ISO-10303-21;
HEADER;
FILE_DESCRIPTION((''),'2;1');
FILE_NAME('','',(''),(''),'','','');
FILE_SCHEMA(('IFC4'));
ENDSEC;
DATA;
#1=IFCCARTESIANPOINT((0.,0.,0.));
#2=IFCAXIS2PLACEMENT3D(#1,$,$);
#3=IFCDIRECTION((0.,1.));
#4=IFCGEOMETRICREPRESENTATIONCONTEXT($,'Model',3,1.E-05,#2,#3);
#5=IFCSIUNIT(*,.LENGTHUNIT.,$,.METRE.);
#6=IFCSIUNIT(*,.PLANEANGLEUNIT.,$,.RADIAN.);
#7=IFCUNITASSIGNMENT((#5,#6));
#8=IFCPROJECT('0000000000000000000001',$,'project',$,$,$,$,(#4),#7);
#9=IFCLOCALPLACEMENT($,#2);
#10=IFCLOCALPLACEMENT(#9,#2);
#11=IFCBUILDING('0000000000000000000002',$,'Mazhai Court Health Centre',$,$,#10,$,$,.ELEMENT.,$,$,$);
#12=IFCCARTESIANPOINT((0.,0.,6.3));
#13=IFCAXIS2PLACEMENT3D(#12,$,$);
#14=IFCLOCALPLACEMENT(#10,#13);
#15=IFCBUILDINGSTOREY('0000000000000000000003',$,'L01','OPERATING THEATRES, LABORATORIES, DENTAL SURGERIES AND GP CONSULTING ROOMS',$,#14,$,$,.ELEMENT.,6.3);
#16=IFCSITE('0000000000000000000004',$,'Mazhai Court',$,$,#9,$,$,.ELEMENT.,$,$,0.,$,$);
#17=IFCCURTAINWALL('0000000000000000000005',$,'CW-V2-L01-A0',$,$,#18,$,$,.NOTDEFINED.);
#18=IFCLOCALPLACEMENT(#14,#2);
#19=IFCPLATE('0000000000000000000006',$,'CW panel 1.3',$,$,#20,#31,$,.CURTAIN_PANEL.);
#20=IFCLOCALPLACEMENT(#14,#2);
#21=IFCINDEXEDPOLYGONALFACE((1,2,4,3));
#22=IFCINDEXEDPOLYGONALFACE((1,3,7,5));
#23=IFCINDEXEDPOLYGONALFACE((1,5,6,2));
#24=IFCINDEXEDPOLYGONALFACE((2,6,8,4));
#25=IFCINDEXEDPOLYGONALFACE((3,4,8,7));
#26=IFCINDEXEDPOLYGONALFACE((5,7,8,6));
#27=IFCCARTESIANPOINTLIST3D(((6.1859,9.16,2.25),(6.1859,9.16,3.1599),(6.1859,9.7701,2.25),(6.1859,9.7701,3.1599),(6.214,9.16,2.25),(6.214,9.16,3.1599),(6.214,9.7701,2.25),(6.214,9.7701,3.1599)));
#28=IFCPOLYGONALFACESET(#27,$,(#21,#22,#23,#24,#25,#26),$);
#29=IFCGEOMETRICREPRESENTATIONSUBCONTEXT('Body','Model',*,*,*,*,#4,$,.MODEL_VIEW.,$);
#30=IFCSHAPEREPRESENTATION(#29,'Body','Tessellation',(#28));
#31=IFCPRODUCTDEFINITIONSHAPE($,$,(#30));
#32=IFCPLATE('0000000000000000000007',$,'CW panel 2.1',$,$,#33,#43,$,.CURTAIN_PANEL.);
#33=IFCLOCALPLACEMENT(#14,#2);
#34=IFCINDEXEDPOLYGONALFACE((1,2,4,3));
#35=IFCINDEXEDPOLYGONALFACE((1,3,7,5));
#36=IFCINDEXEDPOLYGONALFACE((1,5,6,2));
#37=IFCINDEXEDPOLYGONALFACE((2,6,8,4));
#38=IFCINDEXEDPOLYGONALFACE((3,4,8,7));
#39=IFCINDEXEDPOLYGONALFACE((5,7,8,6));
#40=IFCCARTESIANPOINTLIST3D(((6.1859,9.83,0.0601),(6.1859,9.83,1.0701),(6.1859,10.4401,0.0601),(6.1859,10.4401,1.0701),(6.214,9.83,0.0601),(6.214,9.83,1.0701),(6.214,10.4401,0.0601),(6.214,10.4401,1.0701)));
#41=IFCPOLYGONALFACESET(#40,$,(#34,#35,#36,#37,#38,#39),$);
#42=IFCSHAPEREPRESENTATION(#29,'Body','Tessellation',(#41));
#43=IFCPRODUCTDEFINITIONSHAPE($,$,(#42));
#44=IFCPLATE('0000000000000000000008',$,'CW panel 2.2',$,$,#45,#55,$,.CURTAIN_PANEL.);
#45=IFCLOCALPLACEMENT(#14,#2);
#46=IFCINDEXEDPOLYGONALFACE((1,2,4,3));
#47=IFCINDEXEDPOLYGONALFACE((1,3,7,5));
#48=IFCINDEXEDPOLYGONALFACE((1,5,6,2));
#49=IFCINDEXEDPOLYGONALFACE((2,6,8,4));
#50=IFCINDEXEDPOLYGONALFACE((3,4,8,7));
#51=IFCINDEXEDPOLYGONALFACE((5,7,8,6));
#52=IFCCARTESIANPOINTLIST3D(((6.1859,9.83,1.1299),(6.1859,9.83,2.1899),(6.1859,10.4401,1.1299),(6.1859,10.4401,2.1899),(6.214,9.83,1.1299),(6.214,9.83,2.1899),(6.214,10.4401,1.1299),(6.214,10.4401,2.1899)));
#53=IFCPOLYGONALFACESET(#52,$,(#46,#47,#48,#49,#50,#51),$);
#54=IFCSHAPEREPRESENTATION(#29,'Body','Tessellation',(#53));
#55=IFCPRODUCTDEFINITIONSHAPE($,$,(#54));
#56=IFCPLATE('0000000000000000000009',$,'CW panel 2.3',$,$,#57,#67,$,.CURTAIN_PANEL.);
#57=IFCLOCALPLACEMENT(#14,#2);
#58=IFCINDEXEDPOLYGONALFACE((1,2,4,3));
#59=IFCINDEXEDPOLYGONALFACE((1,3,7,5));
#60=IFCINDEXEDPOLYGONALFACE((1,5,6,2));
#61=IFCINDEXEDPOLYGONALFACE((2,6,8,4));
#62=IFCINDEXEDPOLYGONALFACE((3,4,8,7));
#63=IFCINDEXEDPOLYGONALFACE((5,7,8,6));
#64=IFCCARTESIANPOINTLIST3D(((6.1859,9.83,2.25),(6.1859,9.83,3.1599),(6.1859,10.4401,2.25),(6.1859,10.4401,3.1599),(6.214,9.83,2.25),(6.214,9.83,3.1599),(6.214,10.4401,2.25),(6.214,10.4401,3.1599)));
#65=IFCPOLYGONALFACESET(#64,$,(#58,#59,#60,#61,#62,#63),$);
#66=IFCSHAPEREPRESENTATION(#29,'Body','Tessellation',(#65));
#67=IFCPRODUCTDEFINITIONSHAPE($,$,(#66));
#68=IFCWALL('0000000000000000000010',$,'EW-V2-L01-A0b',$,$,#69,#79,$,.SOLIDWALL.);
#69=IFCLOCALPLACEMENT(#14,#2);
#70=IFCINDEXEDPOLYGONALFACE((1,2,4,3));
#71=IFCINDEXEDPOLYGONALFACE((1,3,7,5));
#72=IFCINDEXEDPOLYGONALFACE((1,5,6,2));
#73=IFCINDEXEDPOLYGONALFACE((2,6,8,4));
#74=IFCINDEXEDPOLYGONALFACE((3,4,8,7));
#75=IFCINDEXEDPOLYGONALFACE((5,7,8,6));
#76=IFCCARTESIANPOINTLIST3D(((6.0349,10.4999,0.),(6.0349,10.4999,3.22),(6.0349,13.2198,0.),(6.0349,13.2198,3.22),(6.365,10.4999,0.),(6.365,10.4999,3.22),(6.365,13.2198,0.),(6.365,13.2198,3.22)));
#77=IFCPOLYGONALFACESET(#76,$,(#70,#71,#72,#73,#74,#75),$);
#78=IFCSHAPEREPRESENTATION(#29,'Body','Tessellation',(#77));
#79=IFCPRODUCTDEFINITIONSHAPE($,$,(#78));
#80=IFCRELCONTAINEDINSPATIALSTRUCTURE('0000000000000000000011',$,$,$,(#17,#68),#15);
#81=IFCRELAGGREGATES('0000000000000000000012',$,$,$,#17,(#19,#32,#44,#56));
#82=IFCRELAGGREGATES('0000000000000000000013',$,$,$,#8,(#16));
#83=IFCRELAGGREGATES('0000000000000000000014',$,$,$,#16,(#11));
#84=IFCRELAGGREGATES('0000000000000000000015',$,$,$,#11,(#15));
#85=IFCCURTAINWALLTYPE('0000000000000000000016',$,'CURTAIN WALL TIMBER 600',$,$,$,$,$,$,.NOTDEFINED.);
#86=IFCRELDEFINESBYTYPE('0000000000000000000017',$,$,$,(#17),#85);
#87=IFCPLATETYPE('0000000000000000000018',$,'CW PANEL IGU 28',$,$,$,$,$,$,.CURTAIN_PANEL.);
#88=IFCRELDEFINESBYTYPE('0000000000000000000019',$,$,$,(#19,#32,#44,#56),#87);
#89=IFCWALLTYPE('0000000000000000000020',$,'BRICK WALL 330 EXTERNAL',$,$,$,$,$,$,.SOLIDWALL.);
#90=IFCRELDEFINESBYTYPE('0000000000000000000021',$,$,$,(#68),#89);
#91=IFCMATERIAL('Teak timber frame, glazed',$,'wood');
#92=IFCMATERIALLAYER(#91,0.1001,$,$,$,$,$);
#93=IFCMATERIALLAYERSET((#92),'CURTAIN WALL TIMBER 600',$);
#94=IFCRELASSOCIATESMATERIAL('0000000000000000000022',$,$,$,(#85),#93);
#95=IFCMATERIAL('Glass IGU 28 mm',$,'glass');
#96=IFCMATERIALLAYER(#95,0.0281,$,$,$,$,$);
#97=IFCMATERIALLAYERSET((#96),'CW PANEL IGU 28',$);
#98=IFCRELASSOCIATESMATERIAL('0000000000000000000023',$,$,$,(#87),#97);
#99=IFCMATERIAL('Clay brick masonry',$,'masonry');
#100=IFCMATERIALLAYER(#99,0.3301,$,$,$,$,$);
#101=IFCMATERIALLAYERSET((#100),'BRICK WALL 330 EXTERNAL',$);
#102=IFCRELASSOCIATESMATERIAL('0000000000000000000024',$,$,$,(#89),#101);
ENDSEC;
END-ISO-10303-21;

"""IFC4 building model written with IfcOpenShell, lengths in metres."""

from ifc_helpers import new_model, si_unit, direction, frame, frame_2d, origin, origin_2d, place, context, subcontext, project, spatial, rectangle, extrude, material, layer, layer_set, type_object, element, aggregate, save


model = new_model("IFC4")

# Units and contexts
model_context = context("Model", 3, precision=1e-05, world=origin(), true_north=direction((0.0, 1.0)))
body_context = subcontext(model_context, "Body", "Model", "MODEL_VIEW")
ifc_project = project(units=[si_unit("LENGTHUNIT", "METRE"), si_unit("PLANEANGLEUNIT", "RADIAN")], contexts=[model_context])

# Site, building, storey
site_placement = place(None, origin())
site = spatial("IfcSite", under=ifc_project, at=site_placement, Name="Mazhai Court", CompositionType="ELEMENT", RefElevation=0.0)
building_placement = place(site_placement, origin())
building = spatial("IfcBuilding", under=site, at=building_placement, Name="Mazhai Court Health Centre", CompositionType="ELEMENT")
storey_placement = place(building_placement, frame((0.0, 0.0, 6.3)))
storey = spatial("IfcBuildingStorey", under=building, at=storey_placement, Name="L01", Description="OPERATING THEATRES, LABORATORIES, DENTAL SURGERIES AND GP CONSULTING ROOMS", CompositionType="ELEMENT", Elevation=6.3)

# Curtain wall, plates
ifc_material_1 = material(Name="Teak timber frame, glazed", Category="wood")
ifc_layer_1 = layer(ifc_material_1, 0.1001)
ifc_layer_set_1 = layer_set([ifc_layer_1], Name="CURTAIN WALL TIMBER 600")
curtain_wall_type = type_object("IfcCurtainWallType", Name="CURTAIN WALL TIMBER 600", PredefinedType="NOTDEFINED", material=ifc_layer_set_1)
curtain_wall_placement = place(storey_placement, origin())
curtain_wall = element("IfcCurtainWall", 1, at=curtain_wall_placement, inside=storey, type_object=curtain_wall_type, Name="CW-V2-L01-A0", PredefinedType="NOTDEFINED")
ifc_material_2 = material(Name="Glass IGU 28 mm", Category="glass")
ifc_layer_2 = layer(ifc_material_2, 0.0281)
ifc_layer_set_2 = layer_set([ifc_layer_2], Name="CW PANEL IGU 28")
plate_type = type_object("IfcPlateType", Name="CW PANEL IGU 28", PredefinedType="CURTAIN_PANEL", material=ifc_layer_set_2)
plate_1_placement = place(storey_placement, frame((6.2, 9.4651, 2.25), z_axis=(0.0, 0.0, 1.0), x_axis=(0.0, 1.0, 0.0)))
plate_1 = element("IfcPlate", 2, at=plate_1_placement, type_object=plate_type, Name="CW panel 1.3", PredefinedType="CURTAIN_PANEL", context=body_context, shape_type="SweptSolid", body=[
    extrude(rectangle(XDim=0.6101, YDim=0.0281, at=origin_2d()), origin(), (0.0, 0.0, 1.0), 0.9099),
])
plate_2_placement = place(storey_placement, frame((6.2, 10.135, 0.0601), z_axis=(0.0, 0.0, 1.0), x_axis=(0.0, 1.0, 0.0)))
plate_2 = element("IfcPlate", 3, at=plate_2_placement, type_object=plate_type, Name="CW panel 2.1", PredefinedType="CURTAIN_PANEL", context=body_context, shape_type="SweptSolid", body=[
    extrude(rectangle(XDim=0.6101, YDim=0.0281, at=origin_2d()), origin(), (0.0, 0.0, 1.0), 1.01),
])
plate_3_placement = place(storey_placement, frame((6.2, 10.135, 1.1299), z_axis=(0.0, 0.0, 1.0), x_axis=(0.0, 1.0, 0.0)))
plate_3 = element("IfcPlate", 4, at=plate_3_placement, type_object=plate_type, Name="CW panel 2.2", PredefinedType="CURTAIN_PANEL", context=body_context, shape_type="SweptSolid", body=[
    extrude(rectangle(XDim=0.6101, YDim=0.0281, at=origin_2d()), origin(), (0.0, 0.0, 1.0), 1.0601),
])
plate_4_placement = place(storey_placement, frame((6.2, 10.135, 2.25), z_axis=(0.0, 0.0, 1.0), x_axis=(0.0, 1.0, 0.0)))
plate_4 = element("IfcPlate", 5, at=plate_4_placement, type_object=plate_type, Name="CW panel 2.3", PredefinedType="CURTAIN_PANEL", context=body_context, shape_type="SweptSolid", body=[
    extrude(rectangle(XDim=0.6101, YDim=0.0281, at=origin_2d()), origin(), (0.0, 0.0, 1.0), 0.9099),
])
aggregate(curtain_wall, [plate_1, plate_2, plate_3, plate_4])

# Wall
ifc_material_3 = material(Name="Clay brick masonry", Category="masonry")
ifc_layer_3 = layer(ifc_material_3, 0.3301)
ifc_layer_set_3 = layer_set([ifc_layer_3], Name="BRICK WALL 330 EXTERNAL")
wall_type = type_object("IfcWallType", Name="BRICK WALL 330 EXTERNAL", PredefinedType="SOLIDWALL", material=ifc_layer_set_3)
wall_placement = place(storey_placement, frame((6.2, 10.5, 0.0), z_axis=(0.0, 0.0, 1.0), x_axis=(0.0, 1.0, 0.0)))
element("IfcWall", 6, at=wall_placement, inside=storey, type_object=wall_type, Name="EW-V2-L01-A0b", PredefinedType="SOLIDWALL", context=body_context, shape_type="SweptSolid", body=[
    extrude(rectangle(XDim=2.72, YDim=0.3301, at=frame_2d((1.3599, 0.0))), origin(), (0.0, 0.0, 1.0), 3.22),
])

save(model, "model.ifc")
